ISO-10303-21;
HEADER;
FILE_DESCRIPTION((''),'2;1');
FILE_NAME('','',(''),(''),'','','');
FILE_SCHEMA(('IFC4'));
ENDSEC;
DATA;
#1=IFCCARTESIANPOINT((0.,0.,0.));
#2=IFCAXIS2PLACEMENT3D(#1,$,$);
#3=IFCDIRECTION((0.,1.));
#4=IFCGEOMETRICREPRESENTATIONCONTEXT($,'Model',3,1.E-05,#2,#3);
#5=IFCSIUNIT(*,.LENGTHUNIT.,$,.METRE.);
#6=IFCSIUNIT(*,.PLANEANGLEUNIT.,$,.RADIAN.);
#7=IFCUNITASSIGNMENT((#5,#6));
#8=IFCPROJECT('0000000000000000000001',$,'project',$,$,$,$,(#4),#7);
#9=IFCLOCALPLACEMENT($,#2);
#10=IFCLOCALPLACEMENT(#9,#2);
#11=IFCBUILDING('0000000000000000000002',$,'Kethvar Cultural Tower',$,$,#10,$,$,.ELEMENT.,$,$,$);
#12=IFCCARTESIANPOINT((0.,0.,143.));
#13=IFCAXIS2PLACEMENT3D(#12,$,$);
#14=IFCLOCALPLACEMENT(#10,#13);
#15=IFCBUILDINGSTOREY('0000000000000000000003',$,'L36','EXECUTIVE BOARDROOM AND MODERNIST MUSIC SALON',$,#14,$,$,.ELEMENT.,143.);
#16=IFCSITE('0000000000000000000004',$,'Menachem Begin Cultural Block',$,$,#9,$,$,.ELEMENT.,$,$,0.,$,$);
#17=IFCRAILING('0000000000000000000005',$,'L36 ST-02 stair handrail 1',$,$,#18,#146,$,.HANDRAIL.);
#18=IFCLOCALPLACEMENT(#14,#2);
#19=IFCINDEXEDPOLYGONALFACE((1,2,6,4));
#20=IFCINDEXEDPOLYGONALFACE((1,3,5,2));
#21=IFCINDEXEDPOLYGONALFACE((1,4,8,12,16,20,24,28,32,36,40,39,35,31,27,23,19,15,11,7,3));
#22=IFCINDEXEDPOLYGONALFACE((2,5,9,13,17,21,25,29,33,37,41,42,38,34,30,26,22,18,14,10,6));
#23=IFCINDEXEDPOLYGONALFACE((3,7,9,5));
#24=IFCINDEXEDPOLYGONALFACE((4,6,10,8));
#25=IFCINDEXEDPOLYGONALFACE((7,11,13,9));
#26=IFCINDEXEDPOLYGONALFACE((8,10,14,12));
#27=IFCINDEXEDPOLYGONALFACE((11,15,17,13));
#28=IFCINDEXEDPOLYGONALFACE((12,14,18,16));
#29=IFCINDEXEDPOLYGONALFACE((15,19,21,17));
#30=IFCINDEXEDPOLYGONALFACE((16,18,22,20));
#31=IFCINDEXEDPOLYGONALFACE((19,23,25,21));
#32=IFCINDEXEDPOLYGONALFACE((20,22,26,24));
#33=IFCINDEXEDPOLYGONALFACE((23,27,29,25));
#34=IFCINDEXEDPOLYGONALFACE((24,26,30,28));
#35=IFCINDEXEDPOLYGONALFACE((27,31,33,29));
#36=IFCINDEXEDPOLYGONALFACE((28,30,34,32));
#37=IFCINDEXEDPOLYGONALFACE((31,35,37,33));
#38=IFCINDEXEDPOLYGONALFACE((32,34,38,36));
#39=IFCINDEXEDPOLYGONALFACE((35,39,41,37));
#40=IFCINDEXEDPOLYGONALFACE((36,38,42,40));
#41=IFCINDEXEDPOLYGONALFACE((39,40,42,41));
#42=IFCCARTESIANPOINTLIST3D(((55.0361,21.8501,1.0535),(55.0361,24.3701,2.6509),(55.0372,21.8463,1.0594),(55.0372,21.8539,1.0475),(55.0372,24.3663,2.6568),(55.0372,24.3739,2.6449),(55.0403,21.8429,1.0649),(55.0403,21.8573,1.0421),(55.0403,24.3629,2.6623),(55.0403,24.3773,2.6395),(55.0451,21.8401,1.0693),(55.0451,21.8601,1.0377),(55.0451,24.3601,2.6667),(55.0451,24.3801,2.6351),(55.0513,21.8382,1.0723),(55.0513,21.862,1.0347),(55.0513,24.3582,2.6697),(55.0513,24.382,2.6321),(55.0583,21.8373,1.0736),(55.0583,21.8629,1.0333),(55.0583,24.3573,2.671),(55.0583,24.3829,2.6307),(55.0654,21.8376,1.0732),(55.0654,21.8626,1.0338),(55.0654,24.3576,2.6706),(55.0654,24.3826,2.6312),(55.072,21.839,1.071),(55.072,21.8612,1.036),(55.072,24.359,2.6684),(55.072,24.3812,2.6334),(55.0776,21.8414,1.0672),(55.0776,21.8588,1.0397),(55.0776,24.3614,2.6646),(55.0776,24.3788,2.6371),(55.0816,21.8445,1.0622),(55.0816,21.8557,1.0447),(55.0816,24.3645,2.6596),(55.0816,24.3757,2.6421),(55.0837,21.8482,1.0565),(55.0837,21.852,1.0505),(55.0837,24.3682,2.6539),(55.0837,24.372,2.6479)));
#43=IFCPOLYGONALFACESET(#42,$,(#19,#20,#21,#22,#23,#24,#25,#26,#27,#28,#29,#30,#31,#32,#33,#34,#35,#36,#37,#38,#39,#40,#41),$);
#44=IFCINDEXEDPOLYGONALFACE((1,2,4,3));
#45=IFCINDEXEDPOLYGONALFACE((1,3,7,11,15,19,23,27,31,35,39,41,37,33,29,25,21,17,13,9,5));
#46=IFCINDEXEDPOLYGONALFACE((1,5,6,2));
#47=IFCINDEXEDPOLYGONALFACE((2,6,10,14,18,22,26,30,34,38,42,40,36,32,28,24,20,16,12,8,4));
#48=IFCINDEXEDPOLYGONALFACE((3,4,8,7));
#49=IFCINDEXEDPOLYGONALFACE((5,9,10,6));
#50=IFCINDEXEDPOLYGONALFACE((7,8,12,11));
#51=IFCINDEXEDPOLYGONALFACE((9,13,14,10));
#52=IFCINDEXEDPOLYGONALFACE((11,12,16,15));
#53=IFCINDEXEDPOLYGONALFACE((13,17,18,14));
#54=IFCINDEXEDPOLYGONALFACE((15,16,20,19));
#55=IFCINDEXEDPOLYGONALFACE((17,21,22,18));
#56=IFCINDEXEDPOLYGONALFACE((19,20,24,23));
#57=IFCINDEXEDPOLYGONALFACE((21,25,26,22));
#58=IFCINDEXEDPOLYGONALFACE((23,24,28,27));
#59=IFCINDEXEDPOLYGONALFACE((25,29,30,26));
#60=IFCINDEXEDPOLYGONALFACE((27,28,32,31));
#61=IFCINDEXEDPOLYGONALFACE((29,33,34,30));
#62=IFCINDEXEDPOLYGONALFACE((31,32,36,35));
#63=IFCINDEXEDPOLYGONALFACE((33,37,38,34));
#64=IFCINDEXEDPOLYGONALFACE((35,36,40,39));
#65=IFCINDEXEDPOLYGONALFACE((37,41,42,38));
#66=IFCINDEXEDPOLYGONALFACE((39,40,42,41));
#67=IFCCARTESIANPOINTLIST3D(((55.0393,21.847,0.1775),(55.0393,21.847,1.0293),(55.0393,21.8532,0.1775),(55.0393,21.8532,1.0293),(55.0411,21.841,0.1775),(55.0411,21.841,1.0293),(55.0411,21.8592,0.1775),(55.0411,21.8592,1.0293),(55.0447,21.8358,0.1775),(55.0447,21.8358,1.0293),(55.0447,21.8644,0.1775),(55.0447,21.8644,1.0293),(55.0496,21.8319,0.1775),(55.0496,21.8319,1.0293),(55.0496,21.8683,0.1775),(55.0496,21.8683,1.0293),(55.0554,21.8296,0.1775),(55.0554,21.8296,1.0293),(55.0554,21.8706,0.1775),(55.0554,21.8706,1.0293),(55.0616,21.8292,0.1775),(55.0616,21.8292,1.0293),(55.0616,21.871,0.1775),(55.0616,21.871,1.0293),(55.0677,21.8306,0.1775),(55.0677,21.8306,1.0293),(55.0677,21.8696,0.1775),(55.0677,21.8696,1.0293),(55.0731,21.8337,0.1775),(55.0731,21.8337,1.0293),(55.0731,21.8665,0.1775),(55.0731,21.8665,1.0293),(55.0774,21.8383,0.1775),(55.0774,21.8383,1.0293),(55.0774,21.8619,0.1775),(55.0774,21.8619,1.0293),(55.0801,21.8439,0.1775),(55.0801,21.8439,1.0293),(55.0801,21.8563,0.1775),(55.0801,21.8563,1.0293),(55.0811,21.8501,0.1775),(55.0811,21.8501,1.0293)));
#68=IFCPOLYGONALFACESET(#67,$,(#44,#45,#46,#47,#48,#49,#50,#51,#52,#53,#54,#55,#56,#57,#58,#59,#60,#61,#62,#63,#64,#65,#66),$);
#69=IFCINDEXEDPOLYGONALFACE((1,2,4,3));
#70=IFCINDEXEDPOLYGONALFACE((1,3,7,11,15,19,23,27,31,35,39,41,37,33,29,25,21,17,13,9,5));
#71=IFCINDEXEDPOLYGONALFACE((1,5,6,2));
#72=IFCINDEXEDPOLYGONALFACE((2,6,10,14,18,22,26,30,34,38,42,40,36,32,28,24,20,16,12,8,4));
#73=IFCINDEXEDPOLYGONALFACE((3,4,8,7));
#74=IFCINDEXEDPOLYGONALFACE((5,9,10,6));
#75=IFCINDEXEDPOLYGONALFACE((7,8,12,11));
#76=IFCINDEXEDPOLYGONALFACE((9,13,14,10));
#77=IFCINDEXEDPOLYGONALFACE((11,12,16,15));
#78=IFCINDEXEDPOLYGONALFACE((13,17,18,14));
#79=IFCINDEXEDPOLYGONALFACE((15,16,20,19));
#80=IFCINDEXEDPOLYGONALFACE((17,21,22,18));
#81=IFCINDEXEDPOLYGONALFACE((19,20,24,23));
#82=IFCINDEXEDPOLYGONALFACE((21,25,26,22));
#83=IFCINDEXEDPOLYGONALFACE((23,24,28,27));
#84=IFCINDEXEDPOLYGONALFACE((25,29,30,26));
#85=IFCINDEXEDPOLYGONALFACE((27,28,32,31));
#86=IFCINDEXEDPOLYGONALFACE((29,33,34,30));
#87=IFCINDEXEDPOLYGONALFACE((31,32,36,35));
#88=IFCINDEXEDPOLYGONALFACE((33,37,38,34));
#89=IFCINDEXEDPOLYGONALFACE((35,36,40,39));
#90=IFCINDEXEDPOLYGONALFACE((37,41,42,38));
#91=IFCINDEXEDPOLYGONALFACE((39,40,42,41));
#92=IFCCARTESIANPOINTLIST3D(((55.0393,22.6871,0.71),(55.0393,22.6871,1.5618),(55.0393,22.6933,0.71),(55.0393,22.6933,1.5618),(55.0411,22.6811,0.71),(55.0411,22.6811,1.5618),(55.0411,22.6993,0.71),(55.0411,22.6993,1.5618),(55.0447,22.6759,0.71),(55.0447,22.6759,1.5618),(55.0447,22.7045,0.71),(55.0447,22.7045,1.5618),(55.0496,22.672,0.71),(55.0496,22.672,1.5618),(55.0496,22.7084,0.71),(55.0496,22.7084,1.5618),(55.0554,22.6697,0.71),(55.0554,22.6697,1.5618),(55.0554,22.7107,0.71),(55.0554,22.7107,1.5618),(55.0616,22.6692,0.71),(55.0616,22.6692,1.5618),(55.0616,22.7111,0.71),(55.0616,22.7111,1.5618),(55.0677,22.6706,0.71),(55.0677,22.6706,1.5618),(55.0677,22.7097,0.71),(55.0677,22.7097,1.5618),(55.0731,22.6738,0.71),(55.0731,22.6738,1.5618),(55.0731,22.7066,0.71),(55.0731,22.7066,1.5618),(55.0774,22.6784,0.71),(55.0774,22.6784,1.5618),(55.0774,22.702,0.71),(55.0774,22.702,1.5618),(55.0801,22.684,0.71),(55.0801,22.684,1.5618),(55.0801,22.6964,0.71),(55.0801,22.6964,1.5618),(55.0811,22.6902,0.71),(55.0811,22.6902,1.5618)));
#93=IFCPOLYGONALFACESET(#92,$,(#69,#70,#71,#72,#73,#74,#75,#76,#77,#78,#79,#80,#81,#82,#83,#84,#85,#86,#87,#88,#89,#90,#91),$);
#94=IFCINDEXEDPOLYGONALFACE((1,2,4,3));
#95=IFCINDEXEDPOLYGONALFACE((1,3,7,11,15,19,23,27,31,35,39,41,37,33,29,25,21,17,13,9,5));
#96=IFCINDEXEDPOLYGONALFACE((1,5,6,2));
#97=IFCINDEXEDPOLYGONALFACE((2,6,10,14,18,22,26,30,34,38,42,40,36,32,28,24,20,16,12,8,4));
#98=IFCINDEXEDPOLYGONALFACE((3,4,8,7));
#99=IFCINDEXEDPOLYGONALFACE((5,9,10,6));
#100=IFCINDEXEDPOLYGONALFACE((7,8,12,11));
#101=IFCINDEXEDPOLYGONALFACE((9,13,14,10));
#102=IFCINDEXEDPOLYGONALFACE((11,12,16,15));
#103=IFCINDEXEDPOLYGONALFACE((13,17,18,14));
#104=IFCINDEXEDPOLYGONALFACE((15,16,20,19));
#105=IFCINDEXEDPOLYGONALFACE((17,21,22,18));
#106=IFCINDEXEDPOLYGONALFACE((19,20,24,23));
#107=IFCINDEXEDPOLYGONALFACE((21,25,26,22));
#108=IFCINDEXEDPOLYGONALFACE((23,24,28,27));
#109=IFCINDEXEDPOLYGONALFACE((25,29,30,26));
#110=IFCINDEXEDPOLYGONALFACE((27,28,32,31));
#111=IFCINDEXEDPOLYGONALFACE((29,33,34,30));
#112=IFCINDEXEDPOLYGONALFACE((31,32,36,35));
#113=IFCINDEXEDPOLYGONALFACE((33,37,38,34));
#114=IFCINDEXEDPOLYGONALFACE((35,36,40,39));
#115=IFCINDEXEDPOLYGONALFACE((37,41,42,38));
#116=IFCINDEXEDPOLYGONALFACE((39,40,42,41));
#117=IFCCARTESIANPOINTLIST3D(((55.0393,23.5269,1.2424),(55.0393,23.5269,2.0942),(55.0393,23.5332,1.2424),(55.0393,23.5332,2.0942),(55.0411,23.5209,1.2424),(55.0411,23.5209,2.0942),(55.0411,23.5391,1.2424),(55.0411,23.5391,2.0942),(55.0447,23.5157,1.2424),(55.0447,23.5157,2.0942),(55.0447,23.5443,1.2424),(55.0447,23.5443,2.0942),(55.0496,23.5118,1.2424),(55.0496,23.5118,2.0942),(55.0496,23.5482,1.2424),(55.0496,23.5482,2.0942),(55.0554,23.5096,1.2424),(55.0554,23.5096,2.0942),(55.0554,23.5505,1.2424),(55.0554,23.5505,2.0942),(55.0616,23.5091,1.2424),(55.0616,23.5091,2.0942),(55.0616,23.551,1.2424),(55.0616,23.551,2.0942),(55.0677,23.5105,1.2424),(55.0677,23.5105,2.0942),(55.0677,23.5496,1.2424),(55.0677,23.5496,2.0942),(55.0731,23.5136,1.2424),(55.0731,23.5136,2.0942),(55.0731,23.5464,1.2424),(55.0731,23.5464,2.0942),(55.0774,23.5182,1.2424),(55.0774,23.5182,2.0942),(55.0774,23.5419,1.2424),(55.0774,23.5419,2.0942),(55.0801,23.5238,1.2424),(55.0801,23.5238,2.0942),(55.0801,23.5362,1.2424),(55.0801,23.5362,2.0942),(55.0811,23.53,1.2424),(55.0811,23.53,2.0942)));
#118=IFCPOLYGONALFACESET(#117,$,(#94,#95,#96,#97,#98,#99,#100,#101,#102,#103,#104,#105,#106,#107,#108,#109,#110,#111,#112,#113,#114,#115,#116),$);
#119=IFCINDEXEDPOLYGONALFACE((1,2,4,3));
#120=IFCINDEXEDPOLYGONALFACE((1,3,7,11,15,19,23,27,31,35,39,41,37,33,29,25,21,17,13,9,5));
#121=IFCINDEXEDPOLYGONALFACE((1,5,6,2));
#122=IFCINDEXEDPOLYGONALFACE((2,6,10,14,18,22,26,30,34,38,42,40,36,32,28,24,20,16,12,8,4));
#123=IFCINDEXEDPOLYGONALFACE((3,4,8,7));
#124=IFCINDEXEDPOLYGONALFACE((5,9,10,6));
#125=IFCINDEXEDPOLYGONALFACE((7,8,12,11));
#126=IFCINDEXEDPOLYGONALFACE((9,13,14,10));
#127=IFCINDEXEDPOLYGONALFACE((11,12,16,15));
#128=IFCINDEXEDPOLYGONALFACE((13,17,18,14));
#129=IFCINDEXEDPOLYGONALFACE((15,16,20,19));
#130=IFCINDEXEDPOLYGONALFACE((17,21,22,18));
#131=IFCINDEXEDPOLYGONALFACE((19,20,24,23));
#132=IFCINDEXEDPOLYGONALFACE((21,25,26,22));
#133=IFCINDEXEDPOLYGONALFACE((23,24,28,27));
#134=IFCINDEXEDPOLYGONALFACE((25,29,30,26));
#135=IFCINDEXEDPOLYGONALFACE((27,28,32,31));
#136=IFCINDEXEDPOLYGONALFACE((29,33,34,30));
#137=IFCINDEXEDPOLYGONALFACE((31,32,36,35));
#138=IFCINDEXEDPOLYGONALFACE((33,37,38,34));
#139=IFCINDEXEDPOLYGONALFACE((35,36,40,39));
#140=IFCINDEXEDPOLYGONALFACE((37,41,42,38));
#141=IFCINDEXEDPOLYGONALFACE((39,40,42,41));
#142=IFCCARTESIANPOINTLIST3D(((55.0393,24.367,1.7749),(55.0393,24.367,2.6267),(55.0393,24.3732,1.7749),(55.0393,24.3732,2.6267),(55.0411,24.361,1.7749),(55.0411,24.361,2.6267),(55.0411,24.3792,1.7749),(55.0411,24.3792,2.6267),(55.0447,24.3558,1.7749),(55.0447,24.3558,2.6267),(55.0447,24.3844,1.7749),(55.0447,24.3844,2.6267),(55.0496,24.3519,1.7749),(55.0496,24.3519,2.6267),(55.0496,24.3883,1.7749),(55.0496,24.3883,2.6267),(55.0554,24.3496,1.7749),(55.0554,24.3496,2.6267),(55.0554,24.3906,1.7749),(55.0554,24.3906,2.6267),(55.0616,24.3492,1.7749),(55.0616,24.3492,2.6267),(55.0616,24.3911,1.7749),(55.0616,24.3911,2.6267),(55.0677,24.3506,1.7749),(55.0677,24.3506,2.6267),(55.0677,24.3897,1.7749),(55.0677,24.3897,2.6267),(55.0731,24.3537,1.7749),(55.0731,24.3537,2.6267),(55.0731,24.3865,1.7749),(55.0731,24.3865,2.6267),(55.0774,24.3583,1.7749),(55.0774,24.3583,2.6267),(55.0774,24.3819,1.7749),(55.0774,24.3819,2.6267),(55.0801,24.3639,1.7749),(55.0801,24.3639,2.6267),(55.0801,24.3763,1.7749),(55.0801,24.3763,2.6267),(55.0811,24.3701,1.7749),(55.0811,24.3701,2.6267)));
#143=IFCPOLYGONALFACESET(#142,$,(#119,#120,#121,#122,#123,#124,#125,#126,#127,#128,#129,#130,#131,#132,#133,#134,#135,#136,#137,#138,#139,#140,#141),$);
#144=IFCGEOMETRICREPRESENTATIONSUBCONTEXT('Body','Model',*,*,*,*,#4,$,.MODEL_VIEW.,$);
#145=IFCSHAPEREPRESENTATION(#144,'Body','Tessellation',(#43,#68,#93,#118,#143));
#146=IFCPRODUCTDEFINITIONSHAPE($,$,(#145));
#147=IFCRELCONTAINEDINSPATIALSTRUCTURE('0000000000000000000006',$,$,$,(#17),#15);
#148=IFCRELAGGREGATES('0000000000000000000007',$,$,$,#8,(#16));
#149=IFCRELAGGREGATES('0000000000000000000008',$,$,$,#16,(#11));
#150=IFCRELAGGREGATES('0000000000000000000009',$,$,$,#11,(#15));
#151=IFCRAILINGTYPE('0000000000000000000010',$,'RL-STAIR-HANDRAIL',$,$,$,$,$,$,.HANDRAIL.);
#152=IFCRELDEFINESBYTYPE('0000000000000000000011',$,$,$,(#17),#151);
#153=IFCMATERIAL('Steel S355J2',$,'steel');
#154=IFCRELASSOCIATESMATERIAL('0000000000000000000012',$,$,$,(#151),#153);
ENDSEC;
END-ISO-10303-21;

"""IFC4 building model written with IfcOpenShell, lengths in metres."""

from ifc_helpers import new_model, si_unit, direction, frame, origin, origin_2d, place, context, subcontext, project, spatial, circle, extrude, material, type_object, element, save


model = new_model("IFC4")

# Units and contexts
model_context = context("Model", 3, precision=1e-05, world=origin(), true_north=direction((0.0, 1.0)))
body_context = subcontext(model_context, "Body", "Model", "MODEL_VIEW")
ifc_project = project(units=[si_unit("LENGTHUNIT", "METRE"), si_unit("PLANEANGLEUNIT", "RADIAN")], contexts=[model_context])

# Site, building, storey
site_placement = place(None, origin())
site = spatial("IfcSite", under=ifc_project, at=site_placement, Name="Menachem Begin Cultural Block", CompositionType="ELEMENT", RefElevation=0.0)
building_placement = place(site_placement, origin())
building = spatial("IfcBuilding", under=site, at=building_placement, Name="Kethvar Cultural Tower", CompositionType="ELEMENT")
storey_placement = place(building_placement, frame((0.0, 0.0, 143.0)))
storey = spatial("IfcBuildingStorey", under=building, at=storey_placement, Name="L36", Description="EXECUTIVE BOARDROOM AND MODERNIST MUSIC SALON", CompositionType="ELEMENT", Elevation=143.0)

# Shared definitions
ifc_material_1 = material(Name="Steel S355J2", Category="steel")

# Railing
railing_type_1 = type_object("IfcRailingType", Name="RL-STAIR-HANDRAIL", PredefinedType="HANDRAIL", material=ifc_material_1)
railing_1_placement = place(storey_placement, frame((55.0601, 21.8501, 0.1775)))
element("IfcRailing", 1, at=railing_1_placement, inside=storey, type_object=railing_type_1, Name="L36 ST-02 stair handrail 1", PredefinedType="HANDRAIL", context=body_context, shape_type="SweptSolid", body=[
    extrude(circle(Radius=0.0239, at=origin_2d()), frame((0.0, 0.0, 0.876), z_axis=(0.0, 0.844607, 0.535387), x_axis=(-1.0, 0.0, 0.0)), (0.0, 0.0, 1.0), 2.9836),
    extrude(circle(Radius=0.021, at=origin_2d()), origin(), (0.0, 0.0, 1.0), 0.8518),
    extrude(circle(Radius=0.021, at=origin_2d()), frame((0.0, 0.8401, 0.5325)), (0.0, 0.0, 1.0), 0.8518),
    extrude(circle(Radius=0.021, at=origin_2d()), frame((0.0, 1.6799, 1.0649)), (0.0, 0.0, 1.0), 0.8518),
    extrude(circle(Radius=0.021, at=origin_2d()), frame((0.0, 2.52, 1.5974)), (0.0, 0.0, 1.0), 0.8518),
])

save(model, "model.ifc")
